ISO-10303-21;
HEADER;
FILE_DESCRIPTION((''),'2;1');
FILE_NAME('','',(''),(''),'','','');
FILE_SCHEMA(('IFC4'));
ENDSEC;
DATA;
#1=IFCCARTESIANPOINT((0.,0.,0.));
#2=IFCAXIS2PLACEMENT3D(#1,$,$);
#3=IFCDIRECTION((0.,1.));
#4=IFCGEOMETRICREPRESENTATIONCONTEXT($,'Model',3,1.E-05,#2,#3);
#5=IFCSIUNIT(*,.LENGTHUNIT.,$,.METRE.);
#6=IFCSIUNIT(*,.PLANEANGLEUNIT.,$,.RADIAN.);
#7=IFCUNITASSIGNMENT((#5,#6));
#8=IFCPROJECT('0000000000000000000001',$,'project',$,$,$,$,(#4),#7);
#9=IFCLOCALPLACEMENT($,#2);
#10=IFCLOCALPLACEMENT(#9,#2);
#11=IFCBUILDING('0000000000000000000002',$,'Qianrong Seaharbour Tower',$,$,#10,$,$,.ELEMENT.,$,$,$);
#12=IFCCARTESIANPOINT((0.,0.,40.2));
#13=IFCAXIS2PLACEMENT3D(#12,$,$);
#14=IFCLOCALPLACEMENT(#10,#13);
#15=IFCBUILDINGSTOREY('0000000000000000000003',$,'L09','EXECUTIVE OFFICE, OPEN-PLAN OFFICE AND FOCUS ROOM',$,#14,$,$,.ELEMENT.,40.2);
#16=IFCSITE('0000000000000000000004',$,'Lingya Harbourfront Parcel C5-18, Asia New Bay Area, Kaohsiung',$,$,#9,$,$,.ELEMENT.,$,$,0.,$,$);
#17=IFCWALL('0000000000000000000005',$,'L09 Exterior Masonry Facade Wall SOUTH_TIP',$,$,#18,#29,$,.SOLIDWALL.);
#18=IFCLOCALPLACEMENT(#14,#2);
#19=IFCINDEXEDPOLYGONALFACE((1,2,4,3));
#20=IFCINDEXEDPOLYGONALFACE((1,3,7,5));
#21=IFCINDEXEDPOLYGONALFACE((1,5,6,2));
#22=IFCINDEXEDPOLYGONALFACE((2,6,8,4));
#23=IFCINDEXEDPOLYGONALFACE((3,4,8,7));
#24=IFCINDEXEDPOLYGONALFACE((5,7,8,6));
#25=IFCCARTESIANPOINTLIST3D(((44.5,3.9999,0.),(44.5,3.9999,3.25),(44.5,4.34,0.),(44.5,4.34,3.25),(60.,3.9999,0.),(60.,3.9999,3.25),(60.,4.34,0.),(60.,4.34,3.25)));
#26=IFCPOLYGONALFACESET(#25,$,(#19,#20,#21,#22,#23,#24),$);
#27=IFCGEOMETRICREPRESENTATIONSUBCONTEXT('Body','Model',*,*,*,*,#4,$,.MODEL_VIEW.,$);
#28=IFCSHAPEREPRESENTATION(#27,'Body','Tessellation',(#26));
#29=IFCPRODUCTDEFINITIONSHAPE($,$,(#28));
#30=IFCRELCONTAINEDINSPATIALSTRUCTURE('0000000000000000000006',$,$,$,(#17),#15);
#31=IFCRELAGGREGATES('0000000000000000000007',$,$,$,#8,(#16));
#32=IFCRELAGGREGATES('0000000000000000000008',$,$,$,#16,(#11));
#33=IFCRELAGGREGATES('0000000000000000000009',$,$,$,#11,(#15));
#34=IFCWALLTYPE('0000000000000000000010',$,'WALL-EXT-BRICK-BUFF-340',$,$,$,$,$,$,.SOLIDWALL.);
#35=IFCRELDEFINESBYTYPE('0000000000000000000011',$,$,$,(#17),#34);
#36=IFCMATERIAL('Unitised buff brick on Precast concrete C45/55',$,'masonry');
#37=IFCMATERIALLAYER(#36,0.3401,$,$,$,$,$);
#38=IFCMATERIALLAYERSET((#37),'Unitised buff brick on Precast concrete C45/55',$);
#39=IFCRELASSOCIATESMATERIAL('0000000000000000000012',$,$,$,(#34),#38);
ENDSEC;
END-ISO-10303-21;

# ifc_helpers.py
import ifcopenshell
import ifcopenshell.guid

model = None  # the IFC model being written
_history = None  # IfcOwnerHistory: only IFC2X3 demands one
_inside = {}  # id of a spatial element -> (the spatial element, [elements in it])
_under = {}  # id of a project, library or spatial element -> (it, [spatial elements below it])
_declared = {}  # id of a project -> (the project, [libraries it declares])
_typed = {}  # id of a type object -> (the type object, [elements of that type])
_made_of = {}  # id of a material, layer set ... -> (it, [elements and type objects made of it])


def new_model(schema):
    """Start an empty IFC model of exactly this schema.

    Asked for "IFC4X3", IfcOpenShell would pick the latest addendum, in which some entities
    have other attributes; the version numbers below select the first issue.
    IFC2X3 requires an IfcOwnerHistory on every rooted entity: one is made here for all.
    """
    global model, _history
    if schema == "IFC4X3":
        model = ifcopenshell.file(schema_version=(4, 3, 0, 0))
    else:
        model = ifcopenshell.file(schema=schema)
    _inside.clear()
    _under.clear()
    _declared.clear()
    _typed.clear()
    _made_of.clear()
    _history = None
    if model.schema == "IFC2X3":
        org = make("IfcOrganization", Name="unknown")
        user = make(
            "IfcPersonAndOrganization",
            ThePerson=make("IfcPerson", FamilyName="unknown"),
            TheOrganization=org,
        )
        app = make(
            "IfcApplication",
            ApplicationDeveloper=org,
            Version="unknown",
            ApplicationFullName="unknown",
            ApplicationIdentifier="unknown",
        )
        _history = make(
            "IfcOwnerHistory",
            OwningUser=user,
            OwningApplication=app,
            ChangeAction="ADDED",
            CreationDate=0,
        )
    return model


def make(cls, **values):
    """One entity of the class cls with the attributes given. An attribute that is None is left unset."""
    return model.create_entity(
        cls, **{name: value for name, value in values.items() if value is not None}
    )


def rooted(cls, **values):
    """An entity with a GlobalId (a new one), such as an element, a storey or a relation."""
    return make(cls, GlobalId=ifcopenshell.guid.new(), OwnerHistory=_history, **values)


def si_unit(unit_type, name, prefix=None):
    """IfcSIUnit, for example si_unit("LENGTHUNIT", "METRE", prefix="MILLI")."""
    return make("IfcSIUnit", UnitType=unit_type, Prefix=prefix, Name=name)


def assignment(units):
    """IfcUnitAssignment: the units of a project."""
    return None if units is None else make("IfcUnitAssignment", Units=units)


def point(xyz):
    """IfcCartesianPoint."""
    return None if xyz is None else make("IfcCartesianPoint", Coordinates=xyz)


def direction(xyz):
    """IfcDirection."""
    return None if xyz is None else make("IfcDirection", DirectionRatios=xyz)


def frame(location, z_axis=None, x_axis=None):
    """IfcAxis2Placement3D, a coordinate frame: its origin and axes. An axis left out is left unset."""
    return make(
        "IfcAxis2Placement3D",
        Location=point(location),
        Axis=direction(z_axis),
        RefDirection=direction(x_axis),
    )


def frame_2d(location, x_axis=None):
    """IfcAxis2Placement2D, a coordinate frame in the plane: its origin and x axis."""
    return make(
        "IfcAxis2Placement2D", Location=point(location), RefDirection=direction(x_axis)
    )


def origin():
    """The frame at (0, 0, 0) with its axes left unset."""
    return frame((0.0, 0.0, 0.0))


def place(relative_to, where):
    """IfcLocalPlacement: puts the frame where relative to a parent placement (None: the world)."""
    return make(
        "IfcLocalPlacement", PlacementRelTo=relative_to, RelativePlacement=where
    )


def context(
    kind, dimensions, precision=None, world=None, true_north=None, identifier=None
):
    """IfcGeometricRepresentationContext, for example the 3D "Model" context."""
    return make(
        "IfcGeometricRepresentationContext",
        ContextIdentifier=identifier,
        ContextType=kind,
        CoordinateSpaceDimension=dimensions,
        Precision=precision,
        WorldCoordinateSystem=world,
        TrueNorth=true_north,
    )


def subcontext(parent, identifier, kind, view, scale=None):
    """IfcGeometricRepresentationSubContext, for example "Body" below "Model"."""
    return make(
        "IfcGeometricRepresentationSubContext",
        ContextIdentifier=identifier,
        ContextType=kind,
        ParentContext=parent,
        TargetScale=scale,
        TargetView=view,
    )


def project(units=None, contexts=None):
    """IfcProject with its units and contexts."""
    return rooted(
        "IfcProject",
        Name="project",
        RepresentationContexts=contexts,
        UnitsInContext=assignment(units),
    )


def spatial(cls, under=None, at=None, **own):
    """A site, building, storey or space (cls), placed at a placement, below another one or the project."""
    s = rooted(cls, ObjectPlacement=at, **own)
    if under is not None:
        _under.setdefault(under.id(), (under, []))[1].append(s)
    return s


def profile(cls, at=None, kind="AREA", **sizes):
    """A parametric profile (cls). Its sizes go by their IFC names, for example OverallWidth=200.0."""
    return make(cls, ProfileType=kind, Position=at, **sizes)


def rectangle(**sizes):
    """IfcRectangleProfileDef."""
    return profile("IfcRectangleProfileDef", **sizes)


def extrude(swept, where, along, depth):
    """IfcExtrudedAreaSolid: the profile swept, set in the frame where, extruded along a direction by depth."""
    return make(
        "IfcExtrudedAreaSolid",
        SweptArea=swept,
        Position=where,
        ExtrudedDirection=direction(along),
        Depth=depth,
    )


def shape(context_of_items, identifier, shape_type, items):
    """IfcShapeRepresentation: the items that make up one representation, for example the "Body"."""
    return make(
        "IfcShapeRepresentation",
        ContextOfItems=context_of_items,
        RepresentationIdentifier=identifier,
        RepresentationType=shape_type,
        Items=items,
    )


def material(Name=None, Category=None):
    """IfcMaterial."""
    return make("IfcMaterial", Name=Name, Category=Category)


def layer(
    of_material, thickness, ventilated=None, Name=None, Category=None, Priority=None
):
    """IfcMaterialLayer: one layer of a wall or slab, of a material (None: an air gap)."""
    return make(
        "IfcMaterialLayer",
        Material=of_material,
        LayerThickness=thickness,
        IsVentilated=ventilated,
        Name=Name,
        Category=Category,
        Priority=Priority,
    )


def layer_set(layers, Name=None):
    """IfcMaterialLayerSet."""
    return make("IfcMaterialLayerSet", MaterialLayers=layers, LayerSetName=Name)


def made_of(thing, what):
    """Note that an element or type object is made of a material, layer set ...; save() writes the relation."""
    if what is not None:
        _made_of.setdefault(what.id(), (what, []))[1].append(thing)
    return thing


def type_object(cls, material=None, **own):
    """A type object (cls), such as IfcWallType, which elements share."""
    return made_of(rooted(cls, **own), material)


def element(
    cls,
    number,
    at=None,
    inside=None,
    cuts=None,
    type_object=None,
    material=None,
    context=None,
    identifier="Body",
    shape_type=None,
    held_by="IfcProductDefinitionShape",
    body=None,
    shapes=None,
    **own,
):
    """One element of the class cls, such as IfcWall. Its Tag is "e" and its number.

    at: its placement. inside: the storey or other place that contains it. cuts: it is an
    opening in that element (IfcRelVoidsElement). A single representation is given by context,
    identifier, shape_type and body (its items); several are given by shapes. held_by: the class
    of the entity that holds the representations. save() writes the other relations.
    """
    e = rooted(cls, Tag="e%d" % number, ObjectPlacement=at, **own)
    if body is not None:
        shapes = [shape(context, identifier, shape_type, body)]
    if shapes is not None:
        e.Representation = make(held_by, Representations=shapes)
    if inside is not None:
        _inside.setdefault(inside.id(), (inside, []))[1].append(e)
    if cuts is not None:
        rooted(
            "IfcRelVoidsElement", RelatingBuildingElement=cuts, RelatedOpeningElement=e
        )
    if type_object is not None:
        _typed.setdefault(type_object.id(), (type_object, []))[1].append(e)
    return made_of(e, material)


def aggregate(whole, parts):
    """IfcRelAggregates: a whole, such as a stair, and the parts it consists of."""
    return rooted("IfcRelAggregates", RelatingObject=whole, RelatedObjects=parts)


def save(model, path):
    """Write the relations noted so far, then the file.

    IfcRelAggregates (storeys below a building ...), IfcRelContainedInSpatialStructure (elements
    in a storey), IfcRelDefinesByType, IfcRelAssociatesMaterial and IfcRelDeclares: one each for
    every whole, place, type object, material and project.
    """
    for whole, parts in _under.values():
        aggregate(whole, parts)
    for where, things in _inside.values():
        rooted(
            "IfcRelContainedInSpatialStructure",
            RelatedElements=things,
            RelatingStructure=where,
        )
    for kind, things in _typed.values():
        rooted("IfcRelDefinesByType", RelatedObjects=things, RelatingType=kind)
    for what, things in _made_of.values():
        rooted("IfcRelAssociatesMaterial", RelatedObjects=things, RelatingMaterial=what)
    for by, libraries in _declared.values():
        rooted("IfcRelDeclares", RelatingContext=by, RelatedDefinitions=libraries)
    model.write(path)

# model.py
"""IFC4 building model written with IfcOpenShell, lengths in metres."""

from ifc_helpers import new_model, si_unit, direction, frame, frame_2d, origin, place, context, subcontext, project, spatial, rectangle, extrude, material, layer, layer_set, type_object, element, save


model = new_model("IFC4")

# Units and contexts
model_context = context("Model", 3, precision=1e-05, world=origin(), true_north=direction((0.0, 1.0)))
body_context = subcontext(model_context, "Body", "Model", "MODEL_VIEW")
ifc_project = project(units=[si_unit("LENGTHUNIT", "METRE"), si_unit("PLANEANGLEUNIT", "RADIAN")], contexts=[model_context])

# Site, building, storey
site_placement = place(None, origin())
site = spatial("IfcSite", under=ifc_project, at=site_placement, Name="Lingya Harbourfront Parcel C5-18, Asia New Bay Area, Kaohsiung", CompositionType="ELEMENT", RefElevation=0.0)
building_placement = place(site_placement, origin())
building = spatial("IfcBuilding", under=site, at=building_placement, Name="Qianrong Seaharbour Tower", CompositionType="ELEMENT")
storey_placement = place(building_placement, frame((0.0, 0.0, 40.2)))
storey = spatial("IfcBuildingStorey", under=building, at=storey_placement, Name="L09", Description="EXECUTIVE OFFICE, OPEN-PLAN OFFICE AND FOCUS ROOM", CompositionType="ELEMENT", Elevation=40.2)

# Wall
ifc_material_1 = material(Name="Unitised buff brick on Precast concrete C45/55", Category="masonry")
ifc_layer_1 = layer(ifc_material_1, 0.3401)
ifc_layer_set_1 = layer_set([ifc_layer_1], Name="Unitised buff brick on Precast concrete C45/55")
wall_type_1 = type_object("IfcWallType", Name="WALL-EXT-BRICK-BUFF-340", PredefinedType="SOLIDWALL", material=ifc_layer_set_1)
wall_1_placement = place(storey_placement, frame((60.0, 4.1699, 0.0), z_axis=(0.0, 0.0, 1.0), x_axis=(-1.0, 0.0, 0.0)))
element("IfcWall", 1, at=wall_1_placement, inside=storey, type_object=wall_type_1, Name="L09 Exterior Masonry Facade Wall SOUTH_TIP", PredefinedType="SOLIDWALL", context=body_context, shape_type="SweptSolid", body=[
    extrude(rectangle(XDim=15.5, YDim=0.3401, at=frame_2d((7.75, 0.0))), origin(), (0.0, 0.0, 1.0), 3.25),
])

save(model, "model.ifc")
